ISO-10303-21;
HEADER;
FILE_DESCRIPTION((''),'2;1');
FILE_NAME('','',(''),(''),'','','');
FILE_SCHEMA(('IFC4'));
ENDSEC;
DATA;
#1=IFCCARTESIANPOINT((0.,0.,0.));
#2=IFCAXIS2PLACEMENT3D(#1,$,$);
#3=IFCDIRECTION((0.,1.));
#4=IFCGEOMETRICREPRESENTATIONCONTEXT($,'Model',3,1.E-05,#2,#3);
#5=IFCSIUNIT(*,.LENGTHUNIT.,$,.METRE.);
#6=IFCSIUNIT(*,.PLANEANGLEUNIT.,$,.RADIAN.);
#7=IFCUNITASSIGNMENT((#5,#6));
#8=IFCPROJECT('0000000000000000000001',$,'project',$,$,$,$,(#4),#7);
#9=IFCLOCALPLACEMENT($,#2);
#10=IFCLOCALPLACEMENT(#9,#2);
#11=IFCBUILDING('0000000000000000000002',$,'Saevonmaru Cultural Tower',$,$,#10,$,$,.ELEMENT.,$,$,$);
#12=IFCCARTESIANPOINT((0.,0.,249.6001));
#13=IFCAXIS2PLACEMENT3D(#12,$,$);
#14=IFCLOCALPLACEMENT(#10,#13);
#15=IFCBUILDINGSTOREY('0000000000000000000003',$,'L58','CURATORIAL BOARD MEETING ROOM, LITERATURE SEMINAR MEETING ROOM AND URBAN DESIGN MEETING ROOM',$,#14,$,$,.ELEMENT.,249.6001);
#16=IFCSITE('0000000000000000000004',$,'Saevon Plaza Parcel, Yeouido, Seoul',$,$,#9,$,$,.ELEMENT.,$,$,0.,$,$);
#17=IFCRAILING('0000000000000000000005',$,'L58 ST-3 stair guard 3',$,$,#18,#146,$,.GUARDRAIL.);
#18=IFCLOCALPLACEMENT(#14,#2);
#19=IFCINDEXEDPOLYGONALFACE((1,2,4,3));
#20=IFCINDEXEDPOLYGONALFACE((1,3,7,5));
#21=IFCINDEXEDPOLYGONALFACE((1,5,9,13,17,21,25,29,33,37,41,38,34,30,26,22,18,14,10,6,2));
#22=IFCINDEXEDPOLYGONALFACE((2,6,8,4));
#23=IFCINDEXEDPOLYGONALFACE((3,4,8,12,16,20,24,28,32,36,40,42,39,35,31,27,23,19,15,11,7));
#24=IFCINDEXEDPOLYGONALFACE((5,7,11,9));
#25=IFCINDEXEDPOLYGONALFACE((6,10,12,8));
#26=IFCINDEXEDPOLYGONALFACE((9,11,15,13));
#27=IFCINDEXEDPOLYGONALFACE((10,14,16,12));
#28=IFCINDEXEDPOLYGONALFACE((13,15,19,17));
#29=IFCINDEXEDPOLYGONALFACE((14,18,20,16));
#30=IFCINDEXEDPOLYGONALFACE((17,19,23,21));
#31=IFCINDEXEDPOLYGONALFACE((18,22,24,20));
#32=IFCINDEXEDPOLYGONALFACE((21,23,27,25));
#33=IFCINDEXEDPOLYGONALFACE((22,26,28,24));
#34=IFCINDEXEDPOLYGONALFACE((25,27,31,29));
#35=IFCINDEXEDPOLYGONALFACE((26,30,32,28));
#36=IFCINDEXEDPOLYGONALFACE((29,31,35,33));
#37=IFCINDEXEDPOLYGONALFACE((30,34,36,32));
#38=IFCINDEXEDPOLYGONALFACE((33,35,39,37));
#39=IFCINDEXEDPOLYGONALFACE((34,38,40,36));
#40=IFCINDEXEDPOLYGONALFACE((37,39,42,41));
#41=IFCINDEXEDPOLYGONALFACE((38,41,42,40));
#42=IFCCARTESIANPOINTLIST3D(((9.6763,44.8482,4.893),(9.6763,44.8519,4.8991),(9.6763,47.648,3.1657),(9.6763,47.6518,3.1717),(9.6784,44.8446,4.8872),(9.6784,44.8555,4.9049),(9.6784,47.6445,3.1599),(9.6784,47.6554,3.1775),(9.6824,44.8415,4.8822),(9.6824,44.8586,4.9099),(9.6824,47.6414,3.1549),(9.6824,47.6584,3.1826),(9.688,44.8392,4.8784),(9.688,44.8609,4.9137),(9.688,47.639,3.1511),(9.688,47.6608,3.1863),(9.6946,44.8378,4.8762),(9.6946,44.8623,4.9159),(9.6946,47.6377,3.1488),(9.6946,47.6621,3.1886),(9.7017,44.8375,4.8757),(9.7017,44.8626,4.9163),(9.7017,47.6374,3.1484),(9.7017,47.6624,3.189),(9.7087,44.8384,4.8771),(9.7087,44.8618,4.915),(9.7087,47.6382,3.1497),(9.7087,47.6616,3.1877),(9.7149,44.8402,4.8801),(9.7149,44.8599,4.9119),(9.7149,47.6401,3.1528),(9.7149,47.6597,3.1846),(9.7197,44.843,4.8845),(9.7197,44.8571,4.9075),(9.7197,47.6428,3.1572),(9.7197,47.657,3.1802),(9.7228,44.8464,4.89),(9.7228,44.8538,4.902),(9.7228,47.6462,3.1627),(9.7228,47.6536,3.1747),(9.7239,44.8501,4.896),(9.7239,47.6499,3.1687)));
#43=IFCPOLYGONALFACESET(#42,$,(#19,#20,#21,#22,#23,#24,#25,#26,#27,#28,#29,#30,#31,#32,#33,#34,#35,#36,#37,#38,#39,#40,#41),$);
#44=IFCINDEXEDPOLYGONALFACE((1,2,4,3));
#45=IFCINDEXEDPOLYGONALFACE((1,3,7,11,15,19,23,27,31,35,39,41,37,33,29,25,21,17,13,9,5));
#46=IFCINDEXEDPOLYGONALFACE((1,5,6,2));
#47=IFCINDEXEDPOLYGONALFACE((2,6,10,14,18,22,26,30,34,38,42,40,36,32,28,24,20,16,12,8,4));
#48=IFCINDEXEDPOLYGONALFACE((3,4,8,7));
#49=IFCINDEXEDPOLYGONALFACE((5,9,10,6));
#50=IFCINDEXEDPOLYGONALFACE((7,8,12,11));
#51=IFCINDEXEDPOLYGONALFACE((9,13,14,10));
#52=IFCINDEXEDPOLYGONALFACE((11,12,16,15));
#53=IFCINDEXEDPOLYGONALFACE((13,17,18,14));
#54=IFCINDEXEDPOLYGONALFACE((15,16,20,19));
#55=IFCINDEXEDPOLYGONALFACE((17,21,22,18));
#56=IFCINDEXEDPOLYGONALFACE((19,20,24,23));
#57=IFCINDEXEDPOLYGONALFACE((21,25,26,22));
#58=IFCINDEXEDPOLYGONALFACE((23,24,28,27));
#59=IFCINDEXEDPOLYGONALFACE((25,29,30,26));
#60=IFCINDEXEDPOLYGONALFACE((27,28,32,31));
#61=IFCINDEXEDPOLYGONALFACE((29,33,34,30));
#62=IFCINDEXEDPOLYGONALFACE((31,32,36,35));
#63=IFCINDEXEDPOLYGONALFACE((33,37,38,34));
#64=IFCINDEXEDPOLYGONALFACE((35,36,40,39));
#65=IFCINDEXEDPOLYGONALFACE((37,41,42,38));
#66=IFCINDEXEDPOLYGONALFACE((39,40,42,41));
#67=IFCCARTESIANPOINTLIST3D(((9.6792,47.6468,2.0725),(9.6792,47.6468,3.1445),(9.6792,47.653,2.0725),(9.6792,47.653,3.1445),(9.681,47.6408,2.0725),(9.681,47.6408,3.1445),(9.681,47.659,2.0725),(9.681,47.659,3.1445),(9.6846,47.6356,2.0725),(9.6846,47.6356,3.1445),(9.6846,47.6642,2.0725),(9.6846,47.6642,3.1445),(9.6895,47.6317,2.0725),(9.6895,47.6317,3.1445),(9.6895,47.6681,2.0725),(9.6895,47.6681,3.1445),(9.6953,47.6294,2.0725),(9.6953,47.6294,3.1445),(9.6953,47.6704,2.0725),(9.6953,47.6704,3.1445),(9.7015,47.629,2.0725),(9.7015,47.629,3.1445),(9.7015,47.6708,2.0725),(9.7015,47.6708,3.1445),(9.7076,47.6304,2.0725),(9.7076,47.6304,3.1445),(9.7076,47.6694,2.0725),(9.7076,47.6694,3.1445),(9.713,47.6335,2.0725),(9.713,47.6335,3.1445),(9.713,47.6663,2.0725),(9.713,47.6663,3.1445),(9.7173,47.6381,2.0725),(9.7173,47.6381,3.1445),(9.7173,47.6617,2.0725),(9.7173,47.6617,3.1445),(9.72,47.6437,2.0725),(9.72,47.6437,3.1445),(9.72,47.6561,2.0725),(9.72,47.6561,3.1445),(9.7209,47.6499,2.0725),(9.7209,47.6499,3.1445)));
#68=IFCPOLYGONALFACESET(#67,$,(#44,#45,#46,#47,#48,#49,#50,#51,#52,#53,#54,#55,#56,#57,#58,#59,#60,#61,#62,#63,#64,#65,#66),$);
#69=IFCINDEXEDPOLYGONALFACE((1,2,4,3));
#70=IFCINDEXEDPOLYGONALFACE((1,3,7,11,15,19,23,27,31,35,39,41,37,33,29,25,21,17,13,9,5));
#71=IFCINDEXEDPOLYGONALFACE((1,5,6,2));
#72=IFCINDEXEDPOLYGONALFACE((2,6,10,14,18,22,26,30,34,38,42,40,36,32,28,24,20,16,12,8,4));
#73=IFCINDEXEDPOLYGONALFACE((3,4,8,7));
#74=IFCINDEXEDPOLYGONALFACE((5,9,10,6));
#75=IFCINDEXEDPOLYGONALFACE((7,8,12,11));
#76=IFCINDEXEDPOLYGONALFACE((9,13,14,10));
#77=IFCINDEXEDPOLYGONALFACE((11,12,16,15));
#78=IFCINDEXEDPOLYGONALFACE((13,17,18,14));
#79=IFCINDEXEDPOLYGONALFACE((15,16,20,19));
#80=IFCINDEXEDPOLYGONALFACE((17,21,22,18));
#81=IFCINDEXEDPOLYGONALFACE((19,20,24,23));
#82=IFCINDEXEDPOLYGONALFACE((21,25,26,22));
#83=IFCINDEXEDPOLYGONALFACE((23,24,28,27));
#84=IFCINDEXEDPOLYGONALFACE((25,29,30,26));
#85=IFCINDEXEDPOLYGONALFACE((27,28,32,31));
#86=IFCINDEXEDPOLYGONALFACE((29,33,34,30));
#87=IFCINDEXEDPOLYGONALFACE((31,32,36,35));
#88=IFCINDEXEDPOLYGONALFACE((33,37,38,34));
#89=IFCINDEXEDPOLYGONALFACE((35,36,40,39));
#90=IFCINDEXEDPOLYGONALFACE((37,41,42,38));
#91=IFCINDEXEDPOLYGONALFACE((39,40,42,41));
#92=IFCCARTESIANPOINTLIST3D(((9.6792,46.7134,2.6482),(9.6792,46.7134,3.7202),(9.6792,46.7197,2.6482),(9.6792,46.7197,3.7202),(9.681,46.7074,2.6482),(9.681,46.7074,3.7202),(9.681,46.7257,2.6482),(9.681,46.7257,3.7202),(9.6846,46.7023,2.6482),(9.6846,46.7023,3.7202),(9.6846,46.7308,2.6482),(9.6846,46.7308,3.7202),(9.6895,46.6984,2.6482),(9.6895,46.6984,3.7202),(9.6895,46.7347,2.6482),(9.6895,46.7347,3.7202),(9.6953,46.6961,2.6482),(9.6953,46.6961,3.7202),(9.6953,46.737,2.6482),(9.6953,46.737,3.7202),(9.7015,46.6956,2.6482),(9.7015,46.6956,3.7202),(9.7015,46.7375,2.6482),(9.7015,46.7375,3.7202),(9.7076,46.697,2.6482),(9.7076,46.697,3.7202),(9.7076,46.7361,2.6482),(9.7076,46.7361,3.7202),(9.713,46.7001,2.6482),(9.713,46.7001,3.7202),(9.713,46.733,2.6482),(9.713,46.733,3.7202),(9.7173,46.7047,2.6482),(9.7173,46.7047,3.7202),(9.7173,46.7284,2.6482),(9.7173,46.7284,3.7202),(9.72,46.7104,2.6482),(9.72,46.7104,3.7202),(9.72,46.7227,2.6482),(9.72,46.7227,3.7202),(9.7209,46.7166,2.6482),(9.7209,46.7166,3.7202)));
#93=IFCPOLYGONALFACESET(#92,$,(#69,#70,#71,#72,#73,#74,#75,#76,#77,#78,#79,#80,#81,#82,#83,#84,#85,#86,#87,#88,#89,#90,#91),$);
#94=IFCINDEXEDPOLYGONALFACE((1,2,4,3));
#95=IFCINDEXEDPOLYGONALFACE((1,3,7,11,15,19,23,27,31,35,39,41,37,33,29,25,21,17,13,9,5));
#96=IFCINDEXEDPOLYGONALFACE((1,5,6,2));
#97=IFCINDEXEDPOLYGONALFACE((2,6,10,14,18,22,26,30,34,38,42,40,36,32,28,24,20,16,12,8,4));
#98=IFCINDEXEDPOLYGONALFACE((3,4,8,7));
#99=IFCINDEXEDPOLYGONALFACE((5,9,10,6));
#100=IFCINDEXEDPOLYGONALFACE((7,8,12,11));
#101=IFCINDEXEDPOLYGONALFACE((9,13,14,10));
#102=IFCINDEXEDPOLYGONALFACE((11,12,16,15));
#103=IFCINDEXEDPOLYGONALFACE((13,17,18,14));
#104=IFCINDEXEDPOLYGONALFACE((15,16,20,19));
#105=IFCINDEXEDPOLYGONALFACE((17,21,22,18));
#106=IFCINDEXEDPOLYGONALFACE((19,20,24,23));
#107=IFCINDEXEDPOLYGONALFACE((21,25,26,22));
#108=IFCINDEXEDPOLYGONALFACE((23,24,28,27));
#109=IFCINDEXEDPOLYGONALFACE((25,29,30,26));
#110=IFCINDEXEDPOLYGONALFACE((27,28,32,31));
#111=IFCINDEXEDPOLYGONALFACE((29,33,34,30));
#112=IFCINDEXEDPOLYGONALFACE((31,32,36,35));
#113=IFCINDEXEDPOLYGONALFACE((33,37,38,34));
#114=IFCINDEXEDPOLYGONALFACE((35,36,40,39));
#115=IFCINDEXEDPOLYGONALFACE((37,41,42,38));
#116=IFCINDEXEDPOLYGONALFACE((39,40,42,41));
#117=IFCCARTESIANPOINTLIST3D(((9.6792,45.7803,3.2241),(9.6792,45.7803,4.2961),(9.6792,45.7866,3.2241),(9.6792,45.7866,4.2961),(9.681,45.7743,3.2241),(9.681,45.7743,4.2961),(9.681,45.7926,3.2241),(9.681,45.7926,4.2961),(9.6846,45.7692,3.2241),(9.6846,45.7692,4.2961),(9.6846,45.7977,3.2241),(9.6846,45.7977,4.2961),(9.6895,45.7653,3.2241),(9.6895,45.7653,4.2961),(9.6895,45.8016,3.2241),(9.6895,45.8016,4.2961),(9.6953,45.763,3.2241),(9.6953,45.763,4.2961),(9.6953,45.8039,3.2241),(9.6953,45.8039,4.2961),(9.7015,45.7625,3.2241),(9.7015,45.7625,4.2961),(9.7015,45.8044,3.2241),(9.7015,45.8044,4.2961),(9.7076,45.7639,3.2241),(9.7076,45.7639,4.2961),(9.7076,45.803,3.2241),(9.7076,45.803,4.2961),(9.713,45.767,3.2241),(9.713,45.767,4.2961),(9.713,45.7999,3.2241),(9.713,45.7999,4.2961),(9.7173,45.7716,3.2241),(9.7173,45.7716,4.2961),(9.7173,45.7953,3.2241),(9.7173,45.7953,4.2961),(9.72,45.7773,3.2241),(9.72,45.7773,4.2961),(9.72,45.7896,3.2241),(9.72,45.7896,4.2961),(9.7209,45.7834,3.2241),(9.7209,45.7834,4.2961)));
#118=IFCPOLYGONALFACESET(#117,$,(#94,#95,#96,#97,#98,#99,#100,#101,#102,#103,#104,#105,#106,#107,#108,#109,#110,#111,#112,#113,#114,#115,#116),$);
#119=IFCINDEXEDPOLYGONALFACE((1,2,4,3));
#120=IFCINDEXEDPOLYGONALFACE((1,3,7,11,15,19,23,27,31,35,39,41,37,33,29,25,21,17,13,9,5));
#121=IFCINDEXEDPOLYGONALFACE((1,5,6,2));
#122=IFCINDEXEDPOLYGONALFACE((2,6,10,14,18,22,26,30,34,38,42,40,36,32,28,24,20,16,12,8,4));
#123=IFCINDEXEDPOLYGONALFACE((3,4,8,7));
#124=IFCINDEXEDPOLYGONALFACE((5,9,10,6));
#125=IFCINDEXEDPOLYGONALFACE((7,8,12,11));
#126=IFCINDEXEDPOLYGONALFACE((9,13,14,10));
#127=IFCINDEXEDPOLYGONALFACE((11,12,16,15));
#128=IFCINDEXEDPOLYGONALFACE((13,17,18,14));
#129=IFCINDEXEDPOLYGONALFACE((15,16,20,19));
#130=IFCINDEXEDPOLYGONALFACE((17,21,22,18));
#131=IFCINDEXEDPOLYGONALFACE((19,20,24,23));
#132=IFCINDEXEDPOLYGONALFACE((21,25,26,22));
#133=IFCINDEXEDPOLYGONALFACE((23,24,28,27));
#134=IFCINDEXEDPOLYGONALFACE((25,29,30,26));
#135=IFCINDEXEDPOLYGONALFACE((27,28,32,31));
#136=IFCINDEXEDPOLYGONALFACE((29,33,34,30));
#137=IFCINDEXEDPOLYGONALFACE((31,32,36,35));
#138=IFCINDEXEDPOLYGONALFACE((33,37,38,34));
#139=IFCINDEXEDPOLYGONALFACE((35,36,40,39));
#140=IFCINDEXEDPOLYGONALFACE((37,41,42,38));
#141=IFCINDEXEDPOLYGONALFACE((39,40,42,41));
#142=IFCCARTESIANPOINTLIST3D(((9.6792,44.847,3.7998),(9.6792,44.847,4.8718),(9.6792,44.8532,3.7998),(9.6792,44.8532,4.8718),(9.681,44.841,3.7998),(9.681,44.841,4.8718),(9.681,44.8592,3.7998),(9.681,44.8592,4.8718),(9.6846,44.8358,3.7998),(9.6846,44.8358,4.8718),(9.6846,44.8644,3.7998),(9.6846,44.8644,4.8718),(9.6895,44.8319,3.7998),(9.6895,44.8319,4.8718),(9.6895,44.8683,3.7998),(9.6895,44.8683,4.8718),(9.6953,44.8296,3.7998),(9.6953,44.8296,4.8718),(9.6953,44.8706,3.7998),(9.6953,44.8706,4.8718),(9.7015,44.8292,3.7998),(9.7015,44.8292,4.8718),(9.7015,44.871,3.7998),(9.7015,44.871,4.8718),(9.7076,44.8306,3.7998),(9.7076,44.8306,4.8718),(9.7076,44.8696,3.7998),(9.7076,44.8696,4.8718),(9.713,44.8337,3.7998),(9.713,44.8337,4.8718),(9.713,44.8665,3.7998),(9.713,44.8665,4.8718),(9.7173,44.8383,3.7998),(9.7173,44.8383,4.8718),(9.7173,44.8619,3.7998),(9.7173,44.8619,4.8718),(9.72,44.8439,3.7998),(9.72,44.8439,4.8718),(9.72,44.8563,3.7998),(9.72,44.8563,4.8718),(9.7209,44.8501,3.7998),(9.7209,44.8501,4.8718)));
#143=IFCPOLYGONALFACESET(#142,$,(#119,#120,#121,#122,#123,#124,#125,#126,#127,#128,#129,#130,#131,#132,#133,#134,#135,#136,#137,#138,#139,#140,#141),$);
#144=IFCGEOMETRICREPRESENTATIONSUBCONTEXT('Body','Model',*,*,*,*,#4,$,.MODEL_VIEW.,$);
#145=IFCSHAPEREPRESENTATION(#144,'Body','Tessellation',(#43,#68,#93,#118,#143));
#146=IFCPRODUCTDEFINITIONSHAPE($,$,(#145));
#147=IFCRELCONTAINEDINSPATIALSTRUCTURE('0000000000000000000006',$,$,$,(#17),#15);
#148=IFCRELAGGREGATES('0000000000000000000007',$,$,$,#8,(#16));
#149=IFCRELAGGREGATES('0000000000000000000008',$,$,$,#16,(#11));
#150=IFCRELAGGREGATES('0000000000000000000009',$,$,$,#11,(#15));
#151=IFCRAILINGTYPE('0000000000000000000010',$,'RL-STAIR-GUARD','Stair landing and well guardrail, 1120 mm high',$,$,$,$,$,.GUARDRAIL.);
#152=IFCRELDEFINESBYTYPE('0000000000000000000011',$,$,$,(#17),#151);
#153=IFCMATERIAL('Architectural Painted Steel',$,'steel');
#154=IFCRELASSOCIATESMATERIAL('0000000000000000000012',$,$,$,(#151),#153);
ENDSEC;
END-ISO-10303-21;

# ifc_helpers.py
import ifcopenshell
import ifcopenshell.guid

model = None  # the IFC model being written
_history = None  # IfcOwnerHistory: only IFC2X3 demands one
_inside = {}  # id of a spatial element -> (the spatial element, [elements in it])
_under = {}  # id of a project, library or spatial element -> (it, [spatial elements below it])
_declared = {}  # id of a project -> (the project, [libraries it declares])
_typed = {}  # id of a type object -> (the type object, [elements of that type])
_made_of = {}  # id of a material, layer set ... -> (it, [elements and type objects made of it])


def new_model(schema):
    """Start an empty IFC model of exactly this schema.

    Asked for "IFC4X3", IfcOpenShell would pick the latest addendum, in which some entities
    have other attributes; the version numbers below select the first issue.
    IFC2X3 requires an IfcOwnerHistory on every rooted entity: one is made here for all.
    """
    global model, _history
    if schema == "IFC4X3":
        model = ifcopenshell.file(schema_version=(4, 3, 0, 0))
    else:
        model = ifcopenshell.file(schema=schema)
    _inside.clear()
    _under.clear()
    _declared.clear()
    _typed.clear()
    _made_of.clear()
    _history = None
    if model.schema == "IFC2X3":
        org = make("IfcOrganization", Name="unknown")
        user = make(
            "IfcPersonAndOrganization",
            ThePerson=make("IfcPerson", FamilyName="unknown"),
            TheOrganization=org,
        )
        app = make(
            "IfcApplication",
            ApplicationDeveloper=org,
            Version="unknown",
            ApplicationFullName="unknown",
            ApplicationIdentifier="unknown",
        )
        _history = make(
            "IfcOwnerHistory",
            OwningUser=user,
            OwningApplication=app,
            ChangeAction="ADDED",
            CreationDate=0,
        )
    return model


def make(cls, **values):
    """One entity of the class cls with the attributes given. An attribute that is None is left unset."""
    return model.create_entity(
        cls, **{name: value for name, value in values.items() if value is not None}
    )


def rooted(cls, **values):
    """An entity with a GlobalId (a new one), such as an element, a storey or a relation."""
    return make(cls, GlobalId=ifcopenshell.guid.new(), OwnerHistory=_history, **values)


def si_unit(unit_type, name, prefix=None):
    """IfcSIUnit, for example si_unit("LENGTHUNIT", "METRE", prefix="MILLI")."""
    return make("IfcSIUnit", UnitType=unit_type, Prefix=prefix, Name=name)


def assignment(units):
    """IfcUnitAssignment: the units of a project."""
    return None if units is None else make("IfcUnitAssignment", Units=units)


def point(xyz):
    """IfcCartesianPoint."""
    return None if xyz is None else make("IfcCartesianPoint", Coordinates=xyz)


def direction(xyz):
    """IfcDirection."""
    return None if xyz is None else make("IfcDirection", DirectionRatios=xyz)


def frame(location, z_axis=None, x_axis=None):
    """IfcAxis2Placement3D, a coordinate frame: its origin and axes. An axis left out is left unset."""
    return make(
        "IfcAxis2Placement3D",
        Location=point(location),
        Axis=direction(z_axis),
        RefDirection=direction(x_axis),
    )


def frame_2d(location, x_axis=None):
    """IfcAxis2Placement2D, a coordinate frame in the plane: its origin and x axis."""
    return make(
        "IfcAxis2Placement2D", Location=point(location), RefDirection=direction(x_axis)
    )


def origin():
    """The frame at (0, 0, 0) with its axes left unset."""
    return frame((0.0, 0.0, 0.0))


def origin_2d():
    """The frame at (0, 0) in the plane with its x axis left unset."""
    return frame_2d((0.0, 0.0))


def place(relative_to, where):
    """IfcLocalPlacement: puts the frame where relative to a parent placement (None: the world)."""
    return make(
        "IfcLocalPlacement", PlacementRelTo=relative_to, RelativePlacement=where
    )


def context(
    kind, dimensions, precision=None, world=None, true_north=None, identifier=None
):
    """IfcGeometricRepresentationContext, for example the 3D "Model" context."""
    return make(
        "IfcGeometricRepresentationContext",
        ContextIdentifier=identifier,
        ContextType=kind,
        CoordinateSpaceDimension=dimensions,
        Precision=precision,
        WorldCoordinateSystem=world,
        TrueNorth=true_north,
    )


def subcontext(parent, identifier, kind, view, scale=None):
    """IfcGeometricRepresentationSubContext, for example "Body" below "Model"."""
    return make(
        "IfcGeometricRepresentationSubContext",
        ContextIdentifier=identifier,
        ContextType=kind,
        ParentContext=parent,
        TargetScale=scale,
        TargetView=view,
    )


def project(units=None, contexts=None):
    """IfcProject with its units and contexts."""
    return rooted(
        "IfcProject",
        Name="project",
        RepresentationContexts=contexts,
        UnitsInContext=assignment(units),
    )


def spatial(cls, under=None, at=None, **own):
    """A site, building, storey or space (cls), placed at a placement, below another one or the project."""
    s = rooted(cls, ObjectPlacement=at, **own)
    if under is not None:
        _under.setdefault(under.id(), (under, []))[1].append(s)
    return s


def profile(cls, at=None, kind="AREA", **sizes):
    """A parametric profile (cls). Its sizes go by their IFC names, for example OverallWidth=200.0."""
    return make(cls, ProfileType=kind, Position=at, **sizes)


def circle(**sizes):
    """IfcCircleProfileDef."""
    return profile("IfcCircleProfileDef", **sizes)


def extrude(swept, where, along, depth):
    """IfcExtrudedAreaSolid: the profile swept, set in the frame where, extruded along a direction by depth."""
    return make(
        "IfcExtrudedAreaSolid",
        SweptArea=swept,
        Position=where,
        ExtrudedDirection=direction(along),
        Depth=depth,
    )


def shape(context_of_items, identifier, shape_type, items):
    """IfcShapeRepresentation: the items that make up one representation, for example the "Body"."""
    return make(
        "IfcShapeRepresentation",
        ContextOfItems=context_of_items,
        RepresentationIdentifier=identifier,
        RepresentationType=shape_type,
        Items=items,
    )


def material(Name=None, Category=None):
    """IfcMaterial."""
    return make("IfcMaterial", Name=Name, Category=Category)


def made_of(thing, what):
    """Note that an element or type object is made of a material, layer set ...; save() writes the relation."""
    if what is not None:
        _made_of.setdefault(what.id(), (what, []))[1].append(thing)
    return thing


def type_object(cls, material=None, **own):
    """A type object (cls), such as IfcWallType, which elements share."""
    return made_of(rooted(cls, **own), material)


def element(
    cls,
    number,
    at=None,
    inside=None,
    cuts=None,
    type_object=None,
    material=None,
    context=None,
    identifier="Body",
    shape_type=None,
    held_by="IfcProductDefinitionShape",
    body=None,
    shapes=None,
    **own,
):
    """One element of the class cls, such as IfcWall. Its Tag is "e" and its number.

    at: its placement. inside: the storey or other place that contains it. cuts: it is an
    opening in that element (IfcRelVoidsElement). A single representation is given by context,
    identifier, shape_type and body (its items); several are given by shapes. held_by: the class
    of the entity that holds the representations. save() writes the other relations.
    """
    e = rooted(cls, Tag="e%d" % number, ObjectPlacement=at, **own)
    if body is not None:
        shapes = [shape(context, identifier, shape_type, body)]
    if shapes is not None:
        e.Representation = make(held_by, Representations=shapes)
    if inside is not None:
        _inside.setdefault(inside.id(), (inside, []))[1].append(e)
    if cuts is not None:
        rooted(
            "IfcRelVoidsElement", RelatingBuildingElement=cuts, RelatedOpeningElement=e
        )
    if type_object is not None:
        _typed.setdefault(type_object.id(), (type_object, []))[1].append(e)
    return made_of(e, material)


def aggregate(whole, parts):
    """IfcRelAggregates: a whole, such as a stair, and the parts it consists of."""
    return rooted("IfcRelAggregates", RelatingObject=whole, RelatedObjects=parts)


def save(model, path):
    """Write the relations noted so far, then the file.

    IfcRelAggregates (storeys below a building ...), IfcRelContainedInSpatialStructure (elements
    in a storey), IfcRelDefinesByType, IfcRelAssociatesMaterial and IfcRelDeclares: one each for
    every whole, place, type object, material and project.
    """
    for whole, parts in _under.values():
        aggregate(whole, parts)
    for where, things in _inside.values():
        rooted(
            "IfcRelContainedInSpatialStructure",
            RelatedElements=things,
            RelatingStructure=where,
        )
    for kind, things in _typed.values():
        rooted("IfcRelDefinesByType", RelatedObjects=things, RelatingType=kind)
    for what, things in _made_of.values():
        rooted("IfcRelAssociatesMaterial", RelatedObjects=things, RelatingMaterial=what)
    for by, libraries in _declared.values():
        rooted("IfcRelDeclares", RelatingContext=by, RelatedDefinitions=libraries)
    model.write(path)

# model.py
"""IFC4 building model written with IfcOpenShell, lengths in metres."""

from ifc_helpers import new_model, si_unit, direction, frame, origin, origin_2d, place, context, subcontext, project, spatial, circle, extrude, material, type_object, element, save


model = new_model("IFC4")

# Units and contexts
model_context = context("Model", 3, precision=1e-05, world=origin(), true_north=direction((0.0, 1.0)))
body_context = subcontext(model_context, "Body", "Model", "MODEL_VIEW")
ifc_project = project(units=[si_unit("LENGTHUNIT", "METRE"), si_unit("PLANEANGLEUNIT", "RADIAN")], contexts=[model_context])

# Site, building, storey
site_placement = place(None, origin())
site = spatial("IfcSite", under=ifc_project, at=site_placement, Name="Saevon Plaza Parcel, Yeouido, Seoul", CompositionType="ELEMENT", RefElevation=0.0)
building_placement = place(site_placement, origin())
building = spatial("IfcBuilding", under=site, at=building_placement, Name="Saevonmaru Cultural Tower", CompositionType="ELEMENT")
storey_placement = place(building_placement, frame((0.0, 0.0, 249.6001)))
storey = spatial("IfcBuildingStorey", under=building, at=storey_placement, Name="L58", Description="CURATORIAL BOARD MEETING ROOM, LITERATURE SEMINAR MEETING ROOM AND URBAN DESIGN MEETING ROOM", CompositionType="ELEMENT", Elevation=249.6001)

# Railing
ifc_material_1 = material(Name="Architectural Painted Steel", Category="steel")
railing_type_1 = type_object("IfcRailingType", Name="RL-STAIR-GUARD", Description="Stair landing and well guardrail, 1120 mm high", PredefinedType="GUARDRAIL", material=ifc_material_1)
railing_1_placement = place(storey_placement, frame((9.7, 47.6499, 2.0725)))
element("IfcRailing", 1, at=railing_1_placement, inside=storey, type_object=railing_type_1, Name="L58 ST-3 stair guard 3", PredefinedType="GUARDRAIL", context=body_context, shape_type="SweptSolid", body=[
    extrude(circle(Radius=0.0239, at=origin_2d()), frame((0.0, 0.0, 1.0962), z_axis=(0.0, -0.851069, 0.525054), x_axis=(1.0, 0.0, 0.0)), (0.0, 0.0, 1.0), 3.2898),
    extrude(circle(Radius=0.021, at=origin_2d()), origin(), (0.0, 0.0, 1.0), 1.072),
    extrude(circle(Radius=0.021, at=origin_2d()), frame((0.0, -0.9333, 0.5757)), (0.0, 0.0, 1.0), 1.072),
    extrude(circle(Radius=0.021, at=origin_2d()), frame((0.0, -1.8665, 1.1516)), (0.0, 0.0, 1.0), 1.072),
    extrude(circle(Radius=0.021, at=origin_2d()), frame((0.0, -2.7998, 1.7273)), (0.0, 0.0, 1.0), 1.072),
])

save(model, "model.ifc")
